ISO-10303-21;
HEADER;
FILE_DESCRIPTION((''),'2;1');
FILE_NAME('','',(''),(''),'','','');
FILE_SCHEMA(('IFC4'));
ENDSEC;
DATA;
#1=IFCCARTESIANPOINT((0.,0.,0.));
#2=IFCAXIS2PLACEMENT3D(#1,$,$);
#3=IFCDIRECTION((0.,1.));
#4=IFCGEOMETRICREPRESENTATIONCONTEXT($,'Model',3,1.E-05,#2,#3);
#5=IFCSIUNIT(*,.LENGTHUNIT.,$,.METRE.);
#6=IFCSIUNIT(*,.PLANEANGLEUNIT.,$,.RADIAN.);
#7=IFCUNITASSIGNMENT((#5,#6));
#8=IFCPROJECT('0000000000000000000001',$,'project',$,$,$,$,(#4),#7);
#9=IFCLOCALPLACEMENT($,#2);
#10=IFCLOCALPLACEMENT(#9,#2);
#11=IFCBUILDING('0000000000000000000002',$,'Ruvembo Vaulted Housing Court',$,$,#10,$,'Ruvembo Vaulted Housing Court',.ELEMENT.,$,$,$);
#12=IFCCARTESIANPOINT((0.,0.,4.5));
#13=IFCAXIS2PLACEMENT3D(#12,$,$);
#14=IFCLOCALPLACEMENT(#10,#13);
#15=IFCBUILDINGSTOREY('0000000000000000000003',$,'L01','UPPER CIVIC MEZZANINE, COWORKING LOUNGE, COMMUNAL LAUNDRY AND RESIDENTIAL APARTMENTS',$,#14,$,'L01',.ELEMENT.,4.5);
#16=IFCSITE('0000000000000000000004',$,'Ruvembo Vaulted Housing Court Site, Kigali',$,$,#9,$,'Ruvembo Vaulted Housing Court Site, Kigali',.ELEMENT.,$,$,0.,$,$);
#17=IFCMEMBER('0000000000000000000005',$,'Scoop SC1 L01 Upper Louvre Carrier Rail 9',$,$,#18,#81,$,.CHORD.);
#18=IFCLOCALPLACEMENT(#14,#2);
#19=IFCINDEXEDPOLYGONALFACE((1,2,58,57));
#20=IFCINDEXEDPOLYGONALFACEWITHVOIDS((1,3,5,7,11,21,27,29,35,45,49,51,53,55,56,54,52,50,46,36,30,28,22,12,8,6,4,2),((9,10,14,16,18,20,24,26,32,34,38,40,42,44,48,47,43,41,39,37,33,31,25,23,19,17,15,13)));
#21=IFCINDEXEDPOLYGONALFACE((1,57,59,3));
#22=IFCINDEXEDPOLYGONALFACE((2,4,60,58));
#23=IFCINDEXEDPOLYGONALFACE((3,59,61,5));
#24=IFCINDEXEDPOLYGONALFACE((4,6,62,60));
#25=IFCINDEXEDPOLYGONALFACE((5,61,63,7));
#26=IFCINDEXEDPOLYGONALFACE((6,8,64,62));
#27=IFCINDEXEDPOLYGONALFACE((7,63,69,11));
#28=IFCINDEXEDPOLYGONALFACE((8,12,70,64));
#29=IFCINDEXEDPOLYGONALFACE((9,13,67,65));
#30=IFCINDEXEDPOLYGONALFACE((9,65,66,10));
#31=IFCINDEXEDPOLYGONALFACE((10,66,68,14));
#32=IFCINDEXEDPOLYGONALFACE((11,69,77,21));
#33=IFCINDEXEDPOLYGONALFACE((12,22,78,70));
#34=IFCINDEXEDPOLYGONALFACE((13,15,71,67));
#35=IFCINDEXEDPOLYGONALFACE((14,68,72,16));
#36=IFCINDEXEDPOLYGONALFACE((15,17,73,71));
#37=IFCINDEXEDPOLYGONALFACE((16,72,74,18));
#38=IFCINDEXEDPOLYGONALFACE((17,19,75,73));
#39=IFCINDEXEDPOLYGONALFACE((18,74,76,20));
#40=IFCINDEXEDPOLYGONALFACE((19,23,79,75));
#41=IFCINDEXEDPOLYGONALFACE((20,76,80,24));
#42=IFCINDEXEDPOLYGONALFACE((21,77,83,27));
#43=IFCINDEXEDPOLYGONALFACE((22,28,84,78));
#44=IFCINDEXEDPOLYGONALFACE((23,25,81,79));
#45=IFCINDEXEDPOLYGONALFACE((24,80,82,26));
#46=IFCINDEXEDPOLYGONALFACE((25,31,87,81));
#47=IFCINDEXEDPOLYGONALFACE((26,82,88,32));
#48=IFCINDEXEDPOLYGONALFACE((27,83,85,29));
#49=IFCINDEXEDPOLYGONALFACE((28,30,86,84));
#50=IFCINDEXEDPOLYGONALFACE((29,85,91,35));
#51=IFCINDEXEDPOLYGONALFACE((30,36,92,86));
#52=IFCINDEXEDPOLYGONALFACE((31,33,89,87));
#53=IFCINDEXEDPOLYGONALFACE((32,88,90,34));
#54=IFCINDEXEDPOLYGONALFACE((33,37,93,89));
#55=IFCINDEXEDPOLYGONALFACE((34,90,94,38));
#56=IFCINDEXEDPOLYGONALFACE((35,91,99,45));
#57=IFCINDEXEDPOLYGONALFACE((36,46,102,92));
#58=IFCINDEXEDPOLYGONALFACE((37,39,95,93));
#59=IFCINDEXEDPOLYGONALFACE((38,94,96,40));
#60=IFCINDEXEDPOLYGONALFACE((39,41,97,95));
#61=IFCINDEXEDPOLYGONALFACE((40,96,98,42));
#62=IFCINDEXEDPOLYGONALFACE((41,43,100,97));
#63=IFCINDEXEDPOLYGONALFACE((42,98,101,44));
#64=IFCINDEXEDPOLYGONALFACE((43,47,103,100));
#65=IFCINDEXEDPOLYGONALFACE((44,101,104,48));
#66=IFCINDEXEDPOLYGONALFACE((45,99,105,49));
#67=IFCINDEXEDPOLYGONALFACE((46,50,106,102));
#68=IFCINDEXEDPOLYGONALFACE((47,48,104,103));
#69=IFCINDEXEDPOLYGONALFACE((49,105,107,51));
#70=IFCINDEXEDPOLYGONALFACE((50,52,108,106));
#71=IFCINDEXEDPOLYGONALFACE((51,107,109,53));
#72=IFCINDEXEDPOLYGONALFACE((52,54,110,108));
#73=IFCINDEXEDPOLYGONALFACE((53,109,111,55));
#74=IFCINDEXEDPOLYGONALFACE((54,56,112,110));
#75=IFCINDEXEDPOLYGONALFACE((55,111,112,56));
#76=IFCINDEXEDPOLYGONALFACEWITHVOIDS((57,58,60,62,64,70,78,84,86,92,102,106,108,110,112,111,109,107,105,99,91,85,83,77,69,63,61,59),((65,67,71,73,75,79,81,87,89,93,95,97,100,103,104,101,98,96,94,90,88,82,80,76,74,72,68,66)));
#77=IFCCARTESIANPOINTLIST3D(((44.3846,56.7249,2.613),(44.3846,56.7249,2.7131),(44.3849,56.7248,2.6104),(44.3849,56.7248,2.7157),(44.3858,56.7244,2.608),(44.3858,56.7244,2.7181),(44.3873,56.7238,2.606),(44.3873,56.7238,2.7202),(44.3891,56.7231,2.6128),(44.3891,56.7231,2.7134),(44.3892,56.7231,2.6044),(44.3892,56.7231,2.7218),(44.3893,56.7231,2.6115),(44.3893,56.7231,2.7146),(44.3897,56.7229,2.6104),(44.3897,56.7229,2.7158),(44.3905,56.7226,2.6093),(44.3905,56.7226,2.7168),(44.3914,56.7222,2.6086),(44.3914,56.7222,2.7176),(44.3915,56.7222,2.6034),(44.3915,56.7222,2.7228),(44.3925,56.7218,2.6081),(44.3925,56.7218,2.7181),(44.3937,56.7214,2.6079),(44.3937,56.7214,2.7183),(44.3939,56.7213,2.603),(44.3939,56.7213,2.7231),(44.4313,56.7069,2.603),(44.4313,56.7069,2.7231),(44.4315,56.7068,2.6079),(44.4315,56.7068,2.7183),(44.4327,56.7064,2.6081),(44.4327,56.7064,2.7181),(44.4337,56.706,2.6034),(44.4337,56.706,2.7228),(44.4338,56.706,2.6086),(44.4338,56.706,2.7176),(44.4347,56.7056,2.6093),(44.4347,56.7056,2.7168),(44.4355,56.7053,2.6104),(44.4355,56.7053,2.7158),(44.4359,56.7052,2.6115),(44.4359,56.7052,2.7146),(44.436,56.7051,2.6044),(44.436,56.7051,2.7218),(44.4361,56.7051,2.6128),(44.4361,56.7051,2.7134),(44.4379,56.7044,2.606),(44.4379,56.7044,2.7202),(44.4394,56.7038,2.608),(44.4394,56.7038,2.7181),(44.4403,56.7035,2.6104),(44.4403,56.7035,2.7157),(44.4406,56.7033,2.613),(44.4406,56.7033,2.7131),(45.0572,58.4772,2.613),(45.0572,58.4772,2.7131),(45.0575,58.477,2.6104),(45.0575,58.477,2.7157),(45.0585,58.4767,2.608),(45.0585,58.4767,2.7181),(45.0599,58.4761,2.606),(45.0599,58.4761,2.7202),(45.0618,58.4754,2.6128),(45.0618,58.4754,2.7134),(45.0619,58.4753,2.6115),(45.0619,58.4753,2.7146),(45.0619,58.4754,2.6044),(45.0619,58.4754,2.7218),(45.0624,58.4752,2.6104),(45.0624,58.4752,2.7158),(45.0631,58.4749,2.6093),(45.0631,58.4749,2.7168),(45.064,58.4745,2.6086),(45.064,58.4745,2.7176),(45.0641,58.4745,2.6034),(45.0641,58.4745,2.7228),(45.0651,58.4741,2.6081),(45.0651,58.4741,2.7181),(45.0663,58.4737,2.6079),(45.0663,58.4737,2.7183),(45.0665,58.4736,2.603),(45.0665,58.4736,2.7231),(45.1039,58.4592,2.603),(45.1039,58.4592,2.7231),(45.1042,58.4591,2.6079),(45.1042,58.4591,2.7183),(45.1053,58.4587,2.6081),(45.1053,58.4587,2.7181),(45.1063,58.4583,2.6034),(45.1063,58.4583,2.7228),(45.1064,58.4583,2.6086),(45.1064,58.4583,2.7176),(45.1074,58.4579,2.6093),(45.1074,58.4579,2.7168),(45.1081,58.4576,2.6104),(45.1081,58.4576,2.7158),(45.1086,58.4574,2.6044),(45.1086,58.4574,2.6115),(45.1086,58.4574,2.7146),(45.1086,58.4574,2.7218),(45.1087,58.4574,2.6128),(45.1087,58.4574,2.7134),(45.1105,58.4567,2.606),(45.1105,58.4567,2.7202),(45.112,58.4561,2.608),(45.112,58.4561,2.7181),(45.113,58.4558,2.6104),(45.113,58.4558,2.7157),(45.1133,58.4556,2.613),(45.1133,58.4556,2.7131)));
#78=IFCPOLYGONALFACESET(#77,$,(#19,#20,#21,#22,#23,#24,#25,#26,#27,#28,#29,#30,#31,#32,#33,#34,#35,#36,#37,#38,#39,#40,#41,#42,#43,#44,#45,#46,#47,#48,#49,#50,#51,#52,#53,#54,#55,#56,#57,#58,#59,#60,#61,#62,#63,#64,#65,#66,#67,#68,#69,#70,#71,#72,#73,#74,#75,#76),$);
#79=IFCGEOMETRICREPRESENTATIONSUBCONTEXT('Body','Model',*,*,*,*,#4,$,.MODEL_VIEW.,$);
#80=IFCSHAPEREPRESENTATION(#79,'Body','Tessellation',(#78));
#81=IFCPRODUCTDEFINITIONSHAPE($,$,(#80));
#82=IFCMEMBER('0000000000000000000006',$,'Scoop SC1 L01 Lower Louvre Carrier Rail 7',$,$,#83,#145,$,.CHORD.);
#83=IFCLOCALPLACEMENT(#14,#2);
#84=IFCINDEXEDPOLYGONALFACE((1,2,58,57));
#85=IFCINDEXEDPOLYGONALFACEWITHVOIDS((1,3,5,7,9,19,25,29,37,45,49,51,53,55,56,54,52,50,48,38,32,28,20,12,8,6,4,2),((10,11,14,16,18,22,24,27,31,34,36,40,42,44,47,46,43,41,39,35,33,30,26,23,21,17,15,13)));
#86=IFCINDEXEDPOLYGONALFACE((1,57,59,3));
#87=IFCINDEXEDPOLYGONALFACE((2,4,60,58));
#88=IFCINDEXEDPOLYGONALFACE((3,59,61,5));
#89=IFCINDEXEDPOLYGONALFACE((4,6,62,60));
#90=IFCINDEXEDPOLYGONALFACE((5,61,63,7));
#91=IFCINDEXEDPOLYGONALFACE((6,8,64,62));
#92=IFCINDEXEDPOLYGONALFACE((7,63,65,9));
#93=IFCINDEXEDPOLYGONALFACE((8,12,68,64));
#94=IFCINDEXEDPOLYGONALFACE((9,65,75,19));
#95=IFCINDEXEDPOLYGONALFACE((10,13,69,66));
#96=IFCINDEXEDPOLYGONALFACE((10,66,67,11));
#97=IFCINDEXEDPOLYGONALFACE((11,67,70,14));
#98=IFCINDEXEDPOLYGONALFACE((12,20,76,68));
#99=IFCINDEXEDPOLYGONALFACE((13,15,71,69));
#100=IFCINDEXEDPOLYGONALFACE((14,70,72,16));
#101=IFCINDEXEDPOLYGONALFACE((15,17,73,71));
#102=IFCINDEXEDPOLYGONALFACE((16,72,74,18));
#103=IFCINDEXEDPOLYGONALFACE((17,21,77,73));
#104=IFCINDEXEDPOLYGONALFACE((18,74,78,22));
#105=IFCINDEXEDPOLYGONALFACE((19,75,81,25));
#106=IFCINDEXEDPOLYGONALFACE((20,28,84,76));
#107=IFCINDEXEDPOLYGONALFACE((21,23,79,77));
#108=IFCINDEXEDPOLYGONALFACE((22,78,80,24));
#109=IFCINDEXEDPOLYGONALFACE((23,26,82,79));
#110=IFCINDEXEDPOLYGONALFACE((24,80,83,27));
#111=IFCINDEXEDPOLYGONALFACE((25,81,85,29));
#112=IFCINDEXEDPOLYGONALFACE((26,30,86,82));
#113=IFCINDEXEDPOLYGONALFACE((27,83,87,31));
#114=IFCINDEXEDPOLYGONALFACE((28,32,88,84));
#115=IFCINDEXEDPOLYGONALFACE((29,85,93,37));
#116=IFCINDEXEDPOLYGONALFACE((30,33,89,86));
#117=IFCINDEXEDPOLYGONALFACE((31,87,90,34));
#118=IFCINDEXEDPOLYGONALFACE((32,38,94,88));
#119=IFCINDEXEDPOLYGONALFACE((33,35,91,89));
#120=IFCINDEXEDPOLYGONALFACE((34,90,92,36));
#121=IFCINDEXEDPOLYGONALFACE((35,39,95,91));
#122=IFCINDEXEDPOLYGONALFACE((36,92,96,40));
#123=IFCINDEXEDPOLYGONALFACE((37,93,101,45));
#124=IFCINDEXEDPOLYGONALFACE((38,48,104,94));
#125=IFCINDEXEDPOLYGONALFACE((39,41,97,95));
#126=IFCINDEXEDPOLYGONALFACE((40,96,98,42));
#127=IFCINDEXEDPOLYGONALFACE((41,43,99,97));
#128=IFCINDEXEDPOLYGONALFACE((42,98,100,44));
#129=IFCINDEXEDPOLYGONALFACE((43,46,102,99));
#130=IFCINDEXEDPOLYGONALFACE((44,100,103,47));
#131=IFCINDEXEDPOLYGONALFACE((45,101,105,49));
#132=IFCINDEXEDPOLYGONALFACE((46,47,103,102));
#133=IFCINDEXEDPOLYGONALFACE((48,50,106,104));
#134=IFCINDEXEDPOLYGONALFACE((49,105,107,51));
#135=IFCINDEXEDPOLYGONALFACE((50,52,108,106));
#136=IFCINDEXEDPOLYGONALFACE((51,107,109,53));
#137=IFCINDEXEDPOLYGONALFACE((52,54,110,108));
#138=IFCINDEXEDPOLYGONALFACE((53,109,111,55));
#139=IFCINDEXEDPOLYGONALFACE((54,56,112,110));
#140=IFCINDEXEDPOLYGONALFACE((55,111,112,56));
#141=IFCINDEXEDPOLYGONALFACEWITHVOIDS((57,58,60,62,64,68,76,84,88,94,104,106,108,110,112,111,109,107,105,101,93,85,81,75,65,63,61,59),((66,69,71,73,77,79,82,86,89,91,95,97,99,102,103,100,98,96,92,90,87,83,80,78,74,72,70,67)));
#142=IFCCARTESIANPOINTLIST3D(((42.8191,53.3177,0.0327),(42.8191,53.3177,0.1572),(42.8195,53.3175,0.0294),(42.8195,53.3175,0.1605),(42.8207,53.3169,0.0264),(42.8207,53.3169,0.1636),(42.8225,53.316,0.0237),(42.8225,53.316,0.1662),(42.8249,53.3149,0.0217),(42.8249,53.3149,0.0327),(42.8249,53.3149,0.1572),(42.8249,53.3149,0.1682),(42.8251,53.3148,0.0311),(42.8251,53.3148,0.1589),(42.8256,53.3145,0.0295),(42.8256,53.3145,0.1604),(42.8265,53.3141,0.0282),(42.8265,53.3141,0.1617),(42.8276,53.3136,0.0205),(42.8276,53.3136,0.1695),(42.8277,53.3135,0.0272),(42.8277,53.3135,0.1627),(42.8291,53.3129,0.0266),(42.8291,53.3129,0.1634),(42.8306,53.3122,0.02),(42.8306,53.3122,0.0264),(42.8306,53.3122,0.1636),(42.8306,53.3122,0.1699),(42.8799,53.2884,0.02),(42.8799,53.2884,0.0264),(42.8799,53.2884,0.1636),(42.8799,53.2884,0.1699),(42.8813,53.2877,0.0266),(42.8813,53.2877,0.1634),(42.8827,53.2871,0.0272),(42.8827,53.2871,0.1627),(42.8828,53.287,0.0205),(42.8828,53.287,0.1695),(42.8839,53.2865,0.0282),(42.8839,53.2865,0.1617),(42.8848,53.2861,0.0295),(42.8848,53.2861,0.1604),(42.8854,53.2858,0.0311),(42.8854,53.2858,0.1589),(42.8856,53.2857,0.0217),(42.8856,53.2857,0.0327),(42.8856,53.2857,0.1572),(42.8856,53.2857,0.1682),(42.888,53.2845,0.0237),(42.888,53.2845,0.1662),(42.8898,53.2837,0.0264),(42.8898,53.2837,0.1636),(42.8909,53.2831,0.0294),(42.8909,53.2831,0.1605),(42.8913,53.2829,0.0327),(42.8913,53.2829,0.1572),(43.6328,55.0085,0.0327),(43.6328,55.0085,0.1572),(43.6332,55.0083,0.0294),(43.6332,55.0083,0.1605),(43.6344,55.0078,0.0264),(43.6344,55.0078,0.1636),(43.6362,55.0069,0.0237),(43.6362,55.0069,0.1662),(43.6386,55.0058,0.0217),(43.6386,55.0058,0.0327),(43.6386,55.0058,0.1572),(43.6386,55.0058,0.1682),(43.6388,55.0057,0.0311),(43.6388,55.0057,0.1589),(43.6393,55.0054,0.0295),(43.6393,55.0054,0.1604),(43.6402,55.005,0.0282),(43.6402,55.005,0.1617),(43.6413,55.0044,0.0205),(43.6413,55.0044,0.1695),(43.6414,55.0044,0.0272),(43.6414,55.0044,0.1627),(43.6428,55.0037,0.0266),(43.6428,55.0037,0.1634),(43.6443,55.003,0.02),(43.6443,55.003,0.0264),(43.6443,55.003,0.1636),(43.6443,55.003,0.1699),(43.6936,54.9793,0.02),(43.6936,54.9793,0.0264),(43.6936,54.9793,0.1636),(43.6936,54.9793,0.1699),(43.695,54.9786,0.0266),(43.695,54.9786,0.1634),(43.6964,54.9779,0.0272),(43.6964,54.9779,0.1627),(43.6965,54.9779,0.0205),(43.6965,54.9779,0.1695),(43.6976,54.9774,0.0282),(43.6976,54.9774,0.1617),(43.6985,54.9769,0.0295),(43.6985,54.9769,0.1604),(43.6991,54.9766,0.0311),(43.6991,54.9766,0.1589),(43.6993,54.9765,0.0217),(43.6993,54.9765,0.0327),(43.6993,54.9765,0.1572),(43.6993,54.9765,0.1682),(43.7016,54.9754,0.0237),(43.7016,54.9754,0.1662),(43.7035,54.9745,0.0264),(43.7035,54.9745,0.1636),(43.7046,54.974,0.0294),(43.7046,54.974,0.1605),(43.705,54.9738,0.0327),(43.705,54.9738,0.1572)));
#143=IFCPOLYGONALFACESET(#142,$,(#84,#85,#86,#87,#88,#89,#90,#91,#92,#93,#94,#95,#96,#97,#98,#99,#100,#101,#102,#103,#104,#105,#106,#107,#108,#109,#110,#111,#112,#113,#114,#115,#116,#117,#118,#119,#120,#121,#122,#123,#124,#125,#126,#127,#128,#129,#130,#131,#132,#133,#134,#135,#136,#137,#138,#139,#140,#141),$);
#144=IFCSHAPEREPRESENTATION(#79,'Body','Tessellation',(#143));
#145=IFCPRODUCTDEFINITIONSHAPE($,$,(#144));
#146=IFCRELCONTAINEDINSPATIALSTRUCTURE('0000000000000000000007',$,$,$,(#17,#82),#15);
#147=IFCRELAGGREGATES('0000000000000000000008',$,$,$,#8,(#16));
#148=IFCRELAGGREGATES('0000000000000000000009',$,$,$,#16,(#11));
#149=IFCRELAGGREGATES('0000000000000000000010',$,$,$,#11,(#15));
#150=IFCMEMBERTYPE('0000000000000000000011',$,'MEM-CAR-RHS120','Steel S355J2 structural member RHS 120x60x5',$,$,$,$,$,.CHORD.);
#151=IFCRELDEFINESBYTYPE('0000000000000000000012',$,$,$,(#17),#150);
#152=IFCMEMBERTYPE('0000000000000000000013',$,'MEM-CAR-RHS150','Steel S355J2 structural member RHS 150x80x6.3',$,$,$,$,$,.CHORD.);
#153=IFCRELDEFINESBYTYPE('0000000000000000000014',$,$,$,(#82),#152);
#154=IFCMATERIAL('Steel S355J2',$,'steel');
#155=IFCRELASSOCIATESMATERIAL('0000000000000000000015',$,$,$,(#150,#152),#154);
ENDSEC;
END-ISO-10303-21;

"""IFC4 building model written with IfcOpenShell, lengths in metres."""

from ifc_helpers import new_model, si_unit, direction, frame, origin, origin_2d, place, context, subcontext, project, spatial, hollow_rectangle, extrude, material, material_profile, profile_set, type_object, element, save


model = new_model("IFC4")

# Units and contexts
model_context = context("Model", 3, precision=1e-05, world=origin(), true_north=direction((0.0, 1.0)))
body_context = subcontext(model_context, "Body", "Model", "MODEL_VIEW")
ifc_project = project(units=[si_unit("LENGTHUNIT", "METRE"), si_unit("PLANEANGLEUNIT", "RADIAN")], contexts=[model_context])

# Site, building, storey
site_placement = place(None, origin())
site = spatial("IfcSite", under=ifc_project, at=site_placement, Name="Ruvembo Vaulted Housing Court Site, Kigali", LongName="Ruvembo Vaulted Housing Court Site, Kigali", CompositionType="ELEMENT", RefElevation=0.0)
building_placement = place(site_placement, origin())
building = spatial("IfcBuilding", under=site, at=building_placement, Name="Ruvembo Vaulted Housing Court", LongName="Ruvembo Vaulted Housing Court", CompositionType="ELEMENT")
storey_placement = place(building_placement, frame((0.0, 0.0, 4.5)))
storey = spatial("IfcBuildingStorey", under=building, at=storey_placement, Name="L01", Description="UPPER CIVIC MEZZANINE, COWORKING LOUNGE, COMMUNAL LAUNDRY AND RESIDENTIAL APARTMENTS", LongName="L01", CompositionType="ELEMENT", Elevation=4.5)

# Shared definitions
ifc_material_1 = material(Name="Steel S355J2", Category="steel")

# Members
ifc_material_profile_1 = material_profile(ifc_material_1, hollow_rectangle(XDim=0.0601, YDim=0.1201, WallThickness=0.0049, InnerFilletRadius=0.0049, OuterFilletRadius=0.01, at=origin_2d()), Name="RHS 120x60x5")
ifc_profile_set_1 = profile_set([ifc_material_profile_1], Name="Steel S355J2")
member_type_1 = type_object("IfcMemberType", Name="MEM-CAR-RHS120", Description="Steel S355J2 structural member RHS 120x60x5", PredefinedType="CHORD", material=ifc_profile_set_1)
member_1_placement = place(storey_placement, frame((44.4126, 56.7141, 2.6631), z_axis=(0.358369, 0.93358, 0.0), x_axis=(-0.93358, 0.358369, 0.0)))
element("IfcMember", 1, at=member_1_placement, inside=storey, type_object=member_type_1, Name="Scoop SC1 L01 Upper Louvre Carrier Rail 9", PredefinedType="CHORD", context=body_context, shape_type="SweptSolid", body=[
    extrude(hollow_rectangle(XDim=0.0601, YDim=0.1201, WallThickness=0.0049, InnerFilletRadius=0.0049, OuterFilletRadius=0.01, at=origin_2d()), origin(), (0.0, 0.0, 1.0), 1.877),
])
ifc_material_profile_2 = material_profile(ifc_material_1, hollow_rectangle(XDim=0.0801, YDim=0.1499, WallThickness=0.0063, InnerFilletRadius=0.0063, OuterFilletRadius=0.0127, at=origin_2d()), Name="RHS 150x80x6.3")
ifc_profile_set_2 = profile_set([ifc_material_profile_2], Name="Steel S355J2")
member_type_2 = type_object("IfcMemberType", Name="MEM-CAR-RHS150", Description="Steel S355J2 structural member RHS 150x80x6.3", PredefinedType="CHORD", material=ifc_profile_set_2)
for number, where, z_axis, x_axis, name in (
    (2, (42.8552, 53.3003, 0.095), (0.433632, 0.90109, 0.0), (-0.90109, 0.433632, 0.0), "Scoop SC1 L01 Lower Louvre Carrier Rail 7"),
):
    element("IfcMember", number, at=place(storey_placement, frame(where, z_axis=z_axis, x_axis=x_axis)), inside=storey, type_object=member_type_2, Name=name, PredefinedType="CHORD", context=body_context, shape_type="SweptSolid", body=[
        extrude(hollow_rectangle(XDim=0.0801, YDim=0.1499, WallThickness=0.0063, InnerFilletRadius=0.0063, OuterFilletRadius=0.0127, at=origin_2d()), origin(), (0.0, 0.0, 1.0), 1.8765),
    ])

save(model, "model.ifc")
